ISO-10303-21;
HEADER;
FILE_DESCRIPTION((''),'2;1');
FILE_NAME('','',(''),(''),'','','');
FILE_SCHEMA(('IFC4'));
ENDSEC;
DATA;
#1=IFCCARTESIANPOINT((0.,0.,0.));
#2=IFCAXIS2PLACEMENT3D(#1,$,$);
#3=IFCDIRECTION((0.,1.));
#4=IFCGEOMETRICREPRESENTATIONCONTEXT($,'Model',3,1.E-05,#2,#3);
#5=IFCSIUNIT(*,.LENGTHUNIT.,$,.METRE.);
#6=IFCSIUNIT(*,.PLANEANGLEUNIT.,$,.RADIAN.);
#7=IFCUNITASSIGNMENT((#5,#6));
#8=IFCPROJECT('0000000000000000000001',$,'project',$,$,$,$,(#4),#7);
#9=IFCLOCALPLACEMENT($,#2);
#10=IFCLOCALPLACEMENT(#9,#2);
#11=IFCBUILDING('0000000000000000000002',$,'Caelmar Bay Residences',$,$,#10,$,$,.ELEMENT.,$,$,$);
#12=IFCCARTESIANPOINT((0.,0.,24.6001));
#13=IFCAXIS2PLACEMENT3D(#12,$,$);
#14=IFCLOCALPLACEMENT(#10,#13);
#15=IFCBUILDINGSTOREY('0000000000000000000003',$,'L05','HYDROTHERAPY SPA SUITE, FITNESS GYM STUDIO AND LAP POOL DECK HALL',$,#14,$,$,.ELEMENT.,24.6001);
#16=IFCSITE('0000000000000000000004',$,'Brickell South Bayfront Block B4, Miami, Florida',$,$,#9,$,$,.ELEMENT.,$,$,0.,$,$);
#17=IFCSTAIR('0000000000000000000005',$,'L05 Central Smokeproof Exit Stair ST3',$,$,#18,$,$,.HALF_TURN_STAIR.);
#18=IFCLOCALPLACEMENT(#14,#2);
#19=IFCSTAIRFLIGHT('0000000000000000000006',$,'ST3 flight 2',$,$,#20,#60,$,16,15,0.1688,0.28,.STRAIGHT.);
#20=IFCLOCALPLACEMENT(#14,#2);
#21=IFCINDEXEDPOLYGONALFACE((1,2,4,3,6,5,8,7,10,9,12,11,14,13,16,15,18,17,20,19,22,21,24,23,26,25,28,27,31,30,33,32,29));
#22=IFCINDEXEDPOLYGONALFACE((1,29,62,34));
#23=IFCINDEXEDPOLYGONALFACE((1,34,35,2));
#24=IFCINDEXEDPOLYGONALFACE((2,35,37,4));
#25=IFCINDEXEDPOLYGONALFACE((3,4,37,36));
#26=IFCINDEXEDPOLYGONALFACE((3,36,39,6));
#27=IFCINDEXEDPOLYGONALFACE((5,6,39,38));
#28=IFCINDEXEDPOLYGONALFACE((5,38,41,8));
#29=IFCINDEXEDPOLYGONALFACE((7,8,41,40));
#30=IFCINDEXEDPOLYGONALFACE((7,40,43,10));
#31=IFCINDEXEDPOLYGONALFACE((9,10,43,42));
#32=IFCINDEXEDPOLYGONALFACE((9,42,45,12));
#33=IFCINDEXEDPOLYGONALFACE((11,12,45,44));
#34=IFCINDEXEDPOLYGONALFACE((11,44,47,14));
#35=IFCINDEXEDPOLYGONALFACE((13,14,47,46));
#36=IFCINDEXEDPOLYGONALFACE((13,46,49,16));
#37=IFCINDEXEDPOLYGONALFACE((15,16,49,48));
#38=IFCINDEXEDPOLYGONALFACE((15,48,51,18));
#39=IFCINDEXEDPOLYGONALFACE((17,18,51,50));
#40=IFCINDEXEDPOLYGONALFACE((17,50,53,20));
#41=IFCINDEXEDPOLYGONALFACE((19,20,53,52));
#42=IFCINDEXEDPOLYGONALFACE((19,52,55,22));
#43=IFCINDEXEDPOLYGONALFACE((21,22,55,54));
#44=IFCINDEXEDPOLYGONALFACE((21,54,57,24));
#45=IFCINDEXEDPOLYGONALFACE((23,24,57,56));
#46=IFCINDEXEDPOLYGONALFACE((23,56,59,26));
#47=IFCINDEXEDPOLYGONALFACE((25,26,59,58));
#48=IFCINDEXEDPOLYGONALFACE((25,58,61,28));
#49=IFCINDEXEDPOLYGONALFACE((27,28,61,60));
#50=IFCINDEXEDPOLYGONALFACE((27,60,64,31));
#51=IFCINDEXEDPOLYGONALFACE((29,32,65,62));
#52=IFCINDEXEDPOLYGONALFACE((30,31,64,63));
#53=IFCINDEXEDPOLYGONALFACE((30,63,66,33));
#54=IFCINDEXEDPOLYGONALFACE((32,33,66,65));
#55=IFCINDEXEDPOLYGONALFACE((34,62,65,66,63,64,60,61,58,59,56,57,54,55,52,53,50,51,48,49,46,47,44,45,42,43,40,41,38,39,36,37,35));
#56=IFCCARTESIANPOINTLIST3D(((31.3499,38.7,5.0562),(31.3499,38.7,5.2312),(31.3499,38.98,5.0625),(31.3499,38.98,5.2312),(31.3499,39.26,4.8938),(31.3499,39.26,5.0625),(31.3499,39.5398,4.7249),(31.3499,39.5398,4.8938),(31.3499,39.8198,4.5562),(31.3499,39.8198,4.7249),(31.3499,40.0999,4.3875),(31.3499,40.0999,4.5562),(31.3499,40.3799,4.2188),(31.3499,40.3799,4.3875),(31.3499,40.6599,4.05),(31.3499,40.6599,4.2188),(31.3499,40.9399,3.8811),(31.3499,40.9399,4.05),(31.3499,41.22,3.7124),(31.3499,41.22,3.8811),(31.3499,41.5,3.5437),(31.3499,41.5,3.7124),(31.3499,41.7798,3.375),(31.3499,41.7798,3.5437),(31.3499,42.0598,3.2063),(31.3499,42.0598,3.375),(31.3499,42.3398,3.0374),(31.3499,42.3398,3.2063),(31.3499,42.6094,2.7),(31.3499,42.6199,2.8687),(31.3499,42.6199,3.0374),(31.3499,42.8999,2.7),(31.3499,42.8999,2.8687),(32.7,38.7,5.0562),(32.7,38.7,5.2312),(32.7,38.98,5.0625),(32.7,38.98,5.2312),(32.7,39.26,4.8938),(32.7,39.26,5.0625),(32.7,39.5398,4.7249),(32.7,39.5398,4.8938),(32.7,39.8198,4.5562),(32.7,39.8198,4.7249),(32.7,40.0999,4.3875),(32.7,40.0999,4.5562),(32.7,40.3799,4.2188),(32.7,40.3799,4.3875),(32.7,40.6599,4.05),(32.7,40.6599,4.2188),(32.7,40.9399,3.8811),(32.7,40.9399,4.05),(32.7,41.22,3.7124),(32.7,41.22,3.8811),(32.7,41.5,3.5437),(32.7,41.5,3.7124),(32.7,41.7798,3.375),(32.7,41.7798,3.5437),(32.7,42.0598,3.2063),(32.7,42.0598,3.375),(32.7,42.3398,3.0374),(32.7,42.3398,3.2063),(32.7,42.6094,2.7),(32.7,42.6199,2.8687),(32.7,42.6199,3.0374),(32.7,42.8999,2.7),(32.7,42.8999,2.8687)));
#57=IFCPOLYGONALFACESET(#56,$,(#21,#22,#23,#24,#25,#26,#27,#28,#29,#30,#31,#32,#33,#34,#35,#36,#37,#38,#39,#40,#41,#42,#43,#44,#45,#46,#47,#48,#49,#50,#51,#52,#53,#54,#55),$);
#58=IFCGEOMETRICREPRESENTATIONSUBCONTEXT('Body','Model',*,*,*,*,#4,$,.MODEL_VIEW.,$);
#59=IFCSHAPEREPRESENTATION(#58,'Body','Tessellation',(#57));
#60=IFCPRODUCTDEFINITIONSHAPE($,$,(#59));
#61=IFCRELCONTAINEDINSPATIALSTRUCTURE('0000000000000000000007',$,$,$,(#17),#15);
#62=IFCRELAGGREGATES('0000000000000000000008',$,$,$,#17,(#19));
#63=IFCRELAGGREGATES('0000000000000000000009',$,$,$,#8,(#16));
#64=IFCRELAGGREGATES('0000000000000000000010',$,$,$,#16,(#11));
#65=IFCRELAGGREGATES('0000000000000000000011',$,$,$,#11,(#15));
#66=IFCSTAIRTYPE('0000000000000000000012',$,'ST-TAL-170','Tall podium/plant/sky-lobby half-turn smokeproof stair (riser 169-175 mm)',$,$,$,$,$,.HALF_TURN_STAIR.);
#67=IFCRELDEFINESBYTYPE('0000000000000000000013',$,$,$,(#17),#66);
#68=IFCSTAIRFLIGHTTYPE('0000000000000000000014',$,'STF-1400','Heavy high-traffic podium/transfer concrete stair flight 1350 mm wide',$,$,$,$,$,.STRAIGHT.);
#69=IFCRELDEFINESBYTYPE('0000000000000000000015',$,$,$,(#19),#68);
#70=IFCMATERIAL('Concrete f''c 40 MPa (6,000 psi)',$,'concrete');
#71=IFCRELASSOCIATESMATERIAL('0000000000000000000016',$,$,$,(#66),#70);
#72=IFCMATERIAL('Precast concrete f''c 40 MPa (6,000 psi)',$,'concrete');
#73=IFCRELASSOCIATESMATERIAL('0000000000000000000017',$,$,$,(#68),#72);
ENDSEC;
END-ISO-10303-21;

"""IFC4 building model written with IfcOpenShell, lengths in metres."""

from ifc_helpers import new_model, si_unit, direction, frame, origin, place, context, subcontext, project, spatial, polyline, outline, extrude, material, type_object, element, aggregate, save


model = new_model("IFC4")

# Units and contexts
model_context = context("Model", 3, precision=1e-05, world=origin(), true_north=direction((0.0, 1.0)))
body_context = subcontext(model_context, "Body", "Model", "MODEL_VIEW")
ifc_project = project(units=[si_unit("LENGTHUNIT", "METRE"), si_unit("PLANEANGLEUNIT", "RADIAN")], contexts=[model_context])

# Site, building, storey
site_placement = place(None, origin())
site = spatial("IfcSite", under=ifc_project, at=site_placement, Name="Brickell South Bayfront Block B4, Miami, Florida", CompositionType="ELEMENT", RefElevation=0.0)
building_placement = place(site_placement, origin())
building = spatial("IfcBuilding", under=site, at=building_placement, Name="Caelmar Bay Residences", CompositionType="ELEMENT")
storey_placement = place(building_placement, frame((0.0, 0.0, 24.6001)))
storey = spatial("IfcBuildingStorey", under=building, at=storey_placement, Name="L05", Description="HYDROTHERAPY SPA SUITE, FITNESS GYM STUDIO AND LAP POOL DECK HALL", CompositionType="ELEMENT", Elevation=24.6001)

# Stair, stair flight
ifc_material_1 = material(Name="Concrete f'c 40 MPa (6,000 psi)", Category="concrete")
stair_type = type_object("IfcStairType", Name="ST-TAL-170", Description="Tall podium/plant/sky-lobby half-turn smokeproof stair (riser 169-175 mm)", PredefinedType="HALF_TURN_STAIR", material=ifc_material_1)
stair_placement = place(storey_placement, origin())
stair = element("IfcStair", 1, at=stair_placement, inside=storey, type_object=stair_type, Name="L05 Central Smokeproof Exit Stair ST3", PredefinedType="HALF_TURN_STAIR")
ifc_material_2 = material(Name="Precast concrete f'c 40 MPa (6,000 psi)", Category="concrete")
stair_flight_type = type_object("IfcStairFlightType", Name="STF-1400", Description="Heavy high-traffic podium/transfer concrete stair flight 1350 mm wide", PredefinedType="STRAIGHT", material=ifc_material_2)
stair_flight_placement = place(storey_placement, frame((32.0249, 42.8999, 2.7), z_axis=(0.0, 0.0, 1.0), x_axis=(0.0, -1.0, 0.0)))
stair_flight = element("IfcStairFlight", 2, at=stair_flight_placement, type_object=stair_flight_type, Name="ST3 flight 2", NumberOfRisers=16, NumberOfTreads=15, PredefinedType="STRAIGHT", RiserHeight=0.1688, TreadLength=0.28, context=body_context, shape_type="SweptSolid", body=[
    extrude(outline(polyline([(0.0, 0.0), (0.0, 0.1687), (0.28, 0.1687), (0.28, 0.3374), (0.5601, 0.3374), (0.5601, 0.5063), (0.8401, 0.5063), (0.8401, 0.675), (1.1201, 0.675), (1.1201, 0.8438), (1.3999, 0.8438), (1.3999, 1.0125), (1.6799, 1.0125), (1.6799, 1.1812), (1.96, 1.1812), (1.96, 1.3501), (2.24, 1.3501), (2.24, 1.5188), (2.52, 1.5188), (2.52, 1.6875), (2.8, 1.6875), (2.8, 1.8562), (3.0801, 1.8562), (3.0801, 2.0249), (3.3601, 2.0249), (3.3601, 2.1938), (3.6399, 2.1938), (3.6399, 2.3625), (3.9199, 2.3625), (3.9199, 2.5312), (4.2, 2.5312), (4.2, 2.7), (4.2, 2.3562), (0.2905, 0.0), (0.0, 0.0)])), frame((0.0, 0.675, 0.0), z_axis=(0.0, -1.0, 0.0), x_axis=(1.0, 0.0, 0.0)), (0.0, 0.0, 1.0), 1.3501),
])
aggregate(stair, [stair_flight])

save(model, "model.ifc")
